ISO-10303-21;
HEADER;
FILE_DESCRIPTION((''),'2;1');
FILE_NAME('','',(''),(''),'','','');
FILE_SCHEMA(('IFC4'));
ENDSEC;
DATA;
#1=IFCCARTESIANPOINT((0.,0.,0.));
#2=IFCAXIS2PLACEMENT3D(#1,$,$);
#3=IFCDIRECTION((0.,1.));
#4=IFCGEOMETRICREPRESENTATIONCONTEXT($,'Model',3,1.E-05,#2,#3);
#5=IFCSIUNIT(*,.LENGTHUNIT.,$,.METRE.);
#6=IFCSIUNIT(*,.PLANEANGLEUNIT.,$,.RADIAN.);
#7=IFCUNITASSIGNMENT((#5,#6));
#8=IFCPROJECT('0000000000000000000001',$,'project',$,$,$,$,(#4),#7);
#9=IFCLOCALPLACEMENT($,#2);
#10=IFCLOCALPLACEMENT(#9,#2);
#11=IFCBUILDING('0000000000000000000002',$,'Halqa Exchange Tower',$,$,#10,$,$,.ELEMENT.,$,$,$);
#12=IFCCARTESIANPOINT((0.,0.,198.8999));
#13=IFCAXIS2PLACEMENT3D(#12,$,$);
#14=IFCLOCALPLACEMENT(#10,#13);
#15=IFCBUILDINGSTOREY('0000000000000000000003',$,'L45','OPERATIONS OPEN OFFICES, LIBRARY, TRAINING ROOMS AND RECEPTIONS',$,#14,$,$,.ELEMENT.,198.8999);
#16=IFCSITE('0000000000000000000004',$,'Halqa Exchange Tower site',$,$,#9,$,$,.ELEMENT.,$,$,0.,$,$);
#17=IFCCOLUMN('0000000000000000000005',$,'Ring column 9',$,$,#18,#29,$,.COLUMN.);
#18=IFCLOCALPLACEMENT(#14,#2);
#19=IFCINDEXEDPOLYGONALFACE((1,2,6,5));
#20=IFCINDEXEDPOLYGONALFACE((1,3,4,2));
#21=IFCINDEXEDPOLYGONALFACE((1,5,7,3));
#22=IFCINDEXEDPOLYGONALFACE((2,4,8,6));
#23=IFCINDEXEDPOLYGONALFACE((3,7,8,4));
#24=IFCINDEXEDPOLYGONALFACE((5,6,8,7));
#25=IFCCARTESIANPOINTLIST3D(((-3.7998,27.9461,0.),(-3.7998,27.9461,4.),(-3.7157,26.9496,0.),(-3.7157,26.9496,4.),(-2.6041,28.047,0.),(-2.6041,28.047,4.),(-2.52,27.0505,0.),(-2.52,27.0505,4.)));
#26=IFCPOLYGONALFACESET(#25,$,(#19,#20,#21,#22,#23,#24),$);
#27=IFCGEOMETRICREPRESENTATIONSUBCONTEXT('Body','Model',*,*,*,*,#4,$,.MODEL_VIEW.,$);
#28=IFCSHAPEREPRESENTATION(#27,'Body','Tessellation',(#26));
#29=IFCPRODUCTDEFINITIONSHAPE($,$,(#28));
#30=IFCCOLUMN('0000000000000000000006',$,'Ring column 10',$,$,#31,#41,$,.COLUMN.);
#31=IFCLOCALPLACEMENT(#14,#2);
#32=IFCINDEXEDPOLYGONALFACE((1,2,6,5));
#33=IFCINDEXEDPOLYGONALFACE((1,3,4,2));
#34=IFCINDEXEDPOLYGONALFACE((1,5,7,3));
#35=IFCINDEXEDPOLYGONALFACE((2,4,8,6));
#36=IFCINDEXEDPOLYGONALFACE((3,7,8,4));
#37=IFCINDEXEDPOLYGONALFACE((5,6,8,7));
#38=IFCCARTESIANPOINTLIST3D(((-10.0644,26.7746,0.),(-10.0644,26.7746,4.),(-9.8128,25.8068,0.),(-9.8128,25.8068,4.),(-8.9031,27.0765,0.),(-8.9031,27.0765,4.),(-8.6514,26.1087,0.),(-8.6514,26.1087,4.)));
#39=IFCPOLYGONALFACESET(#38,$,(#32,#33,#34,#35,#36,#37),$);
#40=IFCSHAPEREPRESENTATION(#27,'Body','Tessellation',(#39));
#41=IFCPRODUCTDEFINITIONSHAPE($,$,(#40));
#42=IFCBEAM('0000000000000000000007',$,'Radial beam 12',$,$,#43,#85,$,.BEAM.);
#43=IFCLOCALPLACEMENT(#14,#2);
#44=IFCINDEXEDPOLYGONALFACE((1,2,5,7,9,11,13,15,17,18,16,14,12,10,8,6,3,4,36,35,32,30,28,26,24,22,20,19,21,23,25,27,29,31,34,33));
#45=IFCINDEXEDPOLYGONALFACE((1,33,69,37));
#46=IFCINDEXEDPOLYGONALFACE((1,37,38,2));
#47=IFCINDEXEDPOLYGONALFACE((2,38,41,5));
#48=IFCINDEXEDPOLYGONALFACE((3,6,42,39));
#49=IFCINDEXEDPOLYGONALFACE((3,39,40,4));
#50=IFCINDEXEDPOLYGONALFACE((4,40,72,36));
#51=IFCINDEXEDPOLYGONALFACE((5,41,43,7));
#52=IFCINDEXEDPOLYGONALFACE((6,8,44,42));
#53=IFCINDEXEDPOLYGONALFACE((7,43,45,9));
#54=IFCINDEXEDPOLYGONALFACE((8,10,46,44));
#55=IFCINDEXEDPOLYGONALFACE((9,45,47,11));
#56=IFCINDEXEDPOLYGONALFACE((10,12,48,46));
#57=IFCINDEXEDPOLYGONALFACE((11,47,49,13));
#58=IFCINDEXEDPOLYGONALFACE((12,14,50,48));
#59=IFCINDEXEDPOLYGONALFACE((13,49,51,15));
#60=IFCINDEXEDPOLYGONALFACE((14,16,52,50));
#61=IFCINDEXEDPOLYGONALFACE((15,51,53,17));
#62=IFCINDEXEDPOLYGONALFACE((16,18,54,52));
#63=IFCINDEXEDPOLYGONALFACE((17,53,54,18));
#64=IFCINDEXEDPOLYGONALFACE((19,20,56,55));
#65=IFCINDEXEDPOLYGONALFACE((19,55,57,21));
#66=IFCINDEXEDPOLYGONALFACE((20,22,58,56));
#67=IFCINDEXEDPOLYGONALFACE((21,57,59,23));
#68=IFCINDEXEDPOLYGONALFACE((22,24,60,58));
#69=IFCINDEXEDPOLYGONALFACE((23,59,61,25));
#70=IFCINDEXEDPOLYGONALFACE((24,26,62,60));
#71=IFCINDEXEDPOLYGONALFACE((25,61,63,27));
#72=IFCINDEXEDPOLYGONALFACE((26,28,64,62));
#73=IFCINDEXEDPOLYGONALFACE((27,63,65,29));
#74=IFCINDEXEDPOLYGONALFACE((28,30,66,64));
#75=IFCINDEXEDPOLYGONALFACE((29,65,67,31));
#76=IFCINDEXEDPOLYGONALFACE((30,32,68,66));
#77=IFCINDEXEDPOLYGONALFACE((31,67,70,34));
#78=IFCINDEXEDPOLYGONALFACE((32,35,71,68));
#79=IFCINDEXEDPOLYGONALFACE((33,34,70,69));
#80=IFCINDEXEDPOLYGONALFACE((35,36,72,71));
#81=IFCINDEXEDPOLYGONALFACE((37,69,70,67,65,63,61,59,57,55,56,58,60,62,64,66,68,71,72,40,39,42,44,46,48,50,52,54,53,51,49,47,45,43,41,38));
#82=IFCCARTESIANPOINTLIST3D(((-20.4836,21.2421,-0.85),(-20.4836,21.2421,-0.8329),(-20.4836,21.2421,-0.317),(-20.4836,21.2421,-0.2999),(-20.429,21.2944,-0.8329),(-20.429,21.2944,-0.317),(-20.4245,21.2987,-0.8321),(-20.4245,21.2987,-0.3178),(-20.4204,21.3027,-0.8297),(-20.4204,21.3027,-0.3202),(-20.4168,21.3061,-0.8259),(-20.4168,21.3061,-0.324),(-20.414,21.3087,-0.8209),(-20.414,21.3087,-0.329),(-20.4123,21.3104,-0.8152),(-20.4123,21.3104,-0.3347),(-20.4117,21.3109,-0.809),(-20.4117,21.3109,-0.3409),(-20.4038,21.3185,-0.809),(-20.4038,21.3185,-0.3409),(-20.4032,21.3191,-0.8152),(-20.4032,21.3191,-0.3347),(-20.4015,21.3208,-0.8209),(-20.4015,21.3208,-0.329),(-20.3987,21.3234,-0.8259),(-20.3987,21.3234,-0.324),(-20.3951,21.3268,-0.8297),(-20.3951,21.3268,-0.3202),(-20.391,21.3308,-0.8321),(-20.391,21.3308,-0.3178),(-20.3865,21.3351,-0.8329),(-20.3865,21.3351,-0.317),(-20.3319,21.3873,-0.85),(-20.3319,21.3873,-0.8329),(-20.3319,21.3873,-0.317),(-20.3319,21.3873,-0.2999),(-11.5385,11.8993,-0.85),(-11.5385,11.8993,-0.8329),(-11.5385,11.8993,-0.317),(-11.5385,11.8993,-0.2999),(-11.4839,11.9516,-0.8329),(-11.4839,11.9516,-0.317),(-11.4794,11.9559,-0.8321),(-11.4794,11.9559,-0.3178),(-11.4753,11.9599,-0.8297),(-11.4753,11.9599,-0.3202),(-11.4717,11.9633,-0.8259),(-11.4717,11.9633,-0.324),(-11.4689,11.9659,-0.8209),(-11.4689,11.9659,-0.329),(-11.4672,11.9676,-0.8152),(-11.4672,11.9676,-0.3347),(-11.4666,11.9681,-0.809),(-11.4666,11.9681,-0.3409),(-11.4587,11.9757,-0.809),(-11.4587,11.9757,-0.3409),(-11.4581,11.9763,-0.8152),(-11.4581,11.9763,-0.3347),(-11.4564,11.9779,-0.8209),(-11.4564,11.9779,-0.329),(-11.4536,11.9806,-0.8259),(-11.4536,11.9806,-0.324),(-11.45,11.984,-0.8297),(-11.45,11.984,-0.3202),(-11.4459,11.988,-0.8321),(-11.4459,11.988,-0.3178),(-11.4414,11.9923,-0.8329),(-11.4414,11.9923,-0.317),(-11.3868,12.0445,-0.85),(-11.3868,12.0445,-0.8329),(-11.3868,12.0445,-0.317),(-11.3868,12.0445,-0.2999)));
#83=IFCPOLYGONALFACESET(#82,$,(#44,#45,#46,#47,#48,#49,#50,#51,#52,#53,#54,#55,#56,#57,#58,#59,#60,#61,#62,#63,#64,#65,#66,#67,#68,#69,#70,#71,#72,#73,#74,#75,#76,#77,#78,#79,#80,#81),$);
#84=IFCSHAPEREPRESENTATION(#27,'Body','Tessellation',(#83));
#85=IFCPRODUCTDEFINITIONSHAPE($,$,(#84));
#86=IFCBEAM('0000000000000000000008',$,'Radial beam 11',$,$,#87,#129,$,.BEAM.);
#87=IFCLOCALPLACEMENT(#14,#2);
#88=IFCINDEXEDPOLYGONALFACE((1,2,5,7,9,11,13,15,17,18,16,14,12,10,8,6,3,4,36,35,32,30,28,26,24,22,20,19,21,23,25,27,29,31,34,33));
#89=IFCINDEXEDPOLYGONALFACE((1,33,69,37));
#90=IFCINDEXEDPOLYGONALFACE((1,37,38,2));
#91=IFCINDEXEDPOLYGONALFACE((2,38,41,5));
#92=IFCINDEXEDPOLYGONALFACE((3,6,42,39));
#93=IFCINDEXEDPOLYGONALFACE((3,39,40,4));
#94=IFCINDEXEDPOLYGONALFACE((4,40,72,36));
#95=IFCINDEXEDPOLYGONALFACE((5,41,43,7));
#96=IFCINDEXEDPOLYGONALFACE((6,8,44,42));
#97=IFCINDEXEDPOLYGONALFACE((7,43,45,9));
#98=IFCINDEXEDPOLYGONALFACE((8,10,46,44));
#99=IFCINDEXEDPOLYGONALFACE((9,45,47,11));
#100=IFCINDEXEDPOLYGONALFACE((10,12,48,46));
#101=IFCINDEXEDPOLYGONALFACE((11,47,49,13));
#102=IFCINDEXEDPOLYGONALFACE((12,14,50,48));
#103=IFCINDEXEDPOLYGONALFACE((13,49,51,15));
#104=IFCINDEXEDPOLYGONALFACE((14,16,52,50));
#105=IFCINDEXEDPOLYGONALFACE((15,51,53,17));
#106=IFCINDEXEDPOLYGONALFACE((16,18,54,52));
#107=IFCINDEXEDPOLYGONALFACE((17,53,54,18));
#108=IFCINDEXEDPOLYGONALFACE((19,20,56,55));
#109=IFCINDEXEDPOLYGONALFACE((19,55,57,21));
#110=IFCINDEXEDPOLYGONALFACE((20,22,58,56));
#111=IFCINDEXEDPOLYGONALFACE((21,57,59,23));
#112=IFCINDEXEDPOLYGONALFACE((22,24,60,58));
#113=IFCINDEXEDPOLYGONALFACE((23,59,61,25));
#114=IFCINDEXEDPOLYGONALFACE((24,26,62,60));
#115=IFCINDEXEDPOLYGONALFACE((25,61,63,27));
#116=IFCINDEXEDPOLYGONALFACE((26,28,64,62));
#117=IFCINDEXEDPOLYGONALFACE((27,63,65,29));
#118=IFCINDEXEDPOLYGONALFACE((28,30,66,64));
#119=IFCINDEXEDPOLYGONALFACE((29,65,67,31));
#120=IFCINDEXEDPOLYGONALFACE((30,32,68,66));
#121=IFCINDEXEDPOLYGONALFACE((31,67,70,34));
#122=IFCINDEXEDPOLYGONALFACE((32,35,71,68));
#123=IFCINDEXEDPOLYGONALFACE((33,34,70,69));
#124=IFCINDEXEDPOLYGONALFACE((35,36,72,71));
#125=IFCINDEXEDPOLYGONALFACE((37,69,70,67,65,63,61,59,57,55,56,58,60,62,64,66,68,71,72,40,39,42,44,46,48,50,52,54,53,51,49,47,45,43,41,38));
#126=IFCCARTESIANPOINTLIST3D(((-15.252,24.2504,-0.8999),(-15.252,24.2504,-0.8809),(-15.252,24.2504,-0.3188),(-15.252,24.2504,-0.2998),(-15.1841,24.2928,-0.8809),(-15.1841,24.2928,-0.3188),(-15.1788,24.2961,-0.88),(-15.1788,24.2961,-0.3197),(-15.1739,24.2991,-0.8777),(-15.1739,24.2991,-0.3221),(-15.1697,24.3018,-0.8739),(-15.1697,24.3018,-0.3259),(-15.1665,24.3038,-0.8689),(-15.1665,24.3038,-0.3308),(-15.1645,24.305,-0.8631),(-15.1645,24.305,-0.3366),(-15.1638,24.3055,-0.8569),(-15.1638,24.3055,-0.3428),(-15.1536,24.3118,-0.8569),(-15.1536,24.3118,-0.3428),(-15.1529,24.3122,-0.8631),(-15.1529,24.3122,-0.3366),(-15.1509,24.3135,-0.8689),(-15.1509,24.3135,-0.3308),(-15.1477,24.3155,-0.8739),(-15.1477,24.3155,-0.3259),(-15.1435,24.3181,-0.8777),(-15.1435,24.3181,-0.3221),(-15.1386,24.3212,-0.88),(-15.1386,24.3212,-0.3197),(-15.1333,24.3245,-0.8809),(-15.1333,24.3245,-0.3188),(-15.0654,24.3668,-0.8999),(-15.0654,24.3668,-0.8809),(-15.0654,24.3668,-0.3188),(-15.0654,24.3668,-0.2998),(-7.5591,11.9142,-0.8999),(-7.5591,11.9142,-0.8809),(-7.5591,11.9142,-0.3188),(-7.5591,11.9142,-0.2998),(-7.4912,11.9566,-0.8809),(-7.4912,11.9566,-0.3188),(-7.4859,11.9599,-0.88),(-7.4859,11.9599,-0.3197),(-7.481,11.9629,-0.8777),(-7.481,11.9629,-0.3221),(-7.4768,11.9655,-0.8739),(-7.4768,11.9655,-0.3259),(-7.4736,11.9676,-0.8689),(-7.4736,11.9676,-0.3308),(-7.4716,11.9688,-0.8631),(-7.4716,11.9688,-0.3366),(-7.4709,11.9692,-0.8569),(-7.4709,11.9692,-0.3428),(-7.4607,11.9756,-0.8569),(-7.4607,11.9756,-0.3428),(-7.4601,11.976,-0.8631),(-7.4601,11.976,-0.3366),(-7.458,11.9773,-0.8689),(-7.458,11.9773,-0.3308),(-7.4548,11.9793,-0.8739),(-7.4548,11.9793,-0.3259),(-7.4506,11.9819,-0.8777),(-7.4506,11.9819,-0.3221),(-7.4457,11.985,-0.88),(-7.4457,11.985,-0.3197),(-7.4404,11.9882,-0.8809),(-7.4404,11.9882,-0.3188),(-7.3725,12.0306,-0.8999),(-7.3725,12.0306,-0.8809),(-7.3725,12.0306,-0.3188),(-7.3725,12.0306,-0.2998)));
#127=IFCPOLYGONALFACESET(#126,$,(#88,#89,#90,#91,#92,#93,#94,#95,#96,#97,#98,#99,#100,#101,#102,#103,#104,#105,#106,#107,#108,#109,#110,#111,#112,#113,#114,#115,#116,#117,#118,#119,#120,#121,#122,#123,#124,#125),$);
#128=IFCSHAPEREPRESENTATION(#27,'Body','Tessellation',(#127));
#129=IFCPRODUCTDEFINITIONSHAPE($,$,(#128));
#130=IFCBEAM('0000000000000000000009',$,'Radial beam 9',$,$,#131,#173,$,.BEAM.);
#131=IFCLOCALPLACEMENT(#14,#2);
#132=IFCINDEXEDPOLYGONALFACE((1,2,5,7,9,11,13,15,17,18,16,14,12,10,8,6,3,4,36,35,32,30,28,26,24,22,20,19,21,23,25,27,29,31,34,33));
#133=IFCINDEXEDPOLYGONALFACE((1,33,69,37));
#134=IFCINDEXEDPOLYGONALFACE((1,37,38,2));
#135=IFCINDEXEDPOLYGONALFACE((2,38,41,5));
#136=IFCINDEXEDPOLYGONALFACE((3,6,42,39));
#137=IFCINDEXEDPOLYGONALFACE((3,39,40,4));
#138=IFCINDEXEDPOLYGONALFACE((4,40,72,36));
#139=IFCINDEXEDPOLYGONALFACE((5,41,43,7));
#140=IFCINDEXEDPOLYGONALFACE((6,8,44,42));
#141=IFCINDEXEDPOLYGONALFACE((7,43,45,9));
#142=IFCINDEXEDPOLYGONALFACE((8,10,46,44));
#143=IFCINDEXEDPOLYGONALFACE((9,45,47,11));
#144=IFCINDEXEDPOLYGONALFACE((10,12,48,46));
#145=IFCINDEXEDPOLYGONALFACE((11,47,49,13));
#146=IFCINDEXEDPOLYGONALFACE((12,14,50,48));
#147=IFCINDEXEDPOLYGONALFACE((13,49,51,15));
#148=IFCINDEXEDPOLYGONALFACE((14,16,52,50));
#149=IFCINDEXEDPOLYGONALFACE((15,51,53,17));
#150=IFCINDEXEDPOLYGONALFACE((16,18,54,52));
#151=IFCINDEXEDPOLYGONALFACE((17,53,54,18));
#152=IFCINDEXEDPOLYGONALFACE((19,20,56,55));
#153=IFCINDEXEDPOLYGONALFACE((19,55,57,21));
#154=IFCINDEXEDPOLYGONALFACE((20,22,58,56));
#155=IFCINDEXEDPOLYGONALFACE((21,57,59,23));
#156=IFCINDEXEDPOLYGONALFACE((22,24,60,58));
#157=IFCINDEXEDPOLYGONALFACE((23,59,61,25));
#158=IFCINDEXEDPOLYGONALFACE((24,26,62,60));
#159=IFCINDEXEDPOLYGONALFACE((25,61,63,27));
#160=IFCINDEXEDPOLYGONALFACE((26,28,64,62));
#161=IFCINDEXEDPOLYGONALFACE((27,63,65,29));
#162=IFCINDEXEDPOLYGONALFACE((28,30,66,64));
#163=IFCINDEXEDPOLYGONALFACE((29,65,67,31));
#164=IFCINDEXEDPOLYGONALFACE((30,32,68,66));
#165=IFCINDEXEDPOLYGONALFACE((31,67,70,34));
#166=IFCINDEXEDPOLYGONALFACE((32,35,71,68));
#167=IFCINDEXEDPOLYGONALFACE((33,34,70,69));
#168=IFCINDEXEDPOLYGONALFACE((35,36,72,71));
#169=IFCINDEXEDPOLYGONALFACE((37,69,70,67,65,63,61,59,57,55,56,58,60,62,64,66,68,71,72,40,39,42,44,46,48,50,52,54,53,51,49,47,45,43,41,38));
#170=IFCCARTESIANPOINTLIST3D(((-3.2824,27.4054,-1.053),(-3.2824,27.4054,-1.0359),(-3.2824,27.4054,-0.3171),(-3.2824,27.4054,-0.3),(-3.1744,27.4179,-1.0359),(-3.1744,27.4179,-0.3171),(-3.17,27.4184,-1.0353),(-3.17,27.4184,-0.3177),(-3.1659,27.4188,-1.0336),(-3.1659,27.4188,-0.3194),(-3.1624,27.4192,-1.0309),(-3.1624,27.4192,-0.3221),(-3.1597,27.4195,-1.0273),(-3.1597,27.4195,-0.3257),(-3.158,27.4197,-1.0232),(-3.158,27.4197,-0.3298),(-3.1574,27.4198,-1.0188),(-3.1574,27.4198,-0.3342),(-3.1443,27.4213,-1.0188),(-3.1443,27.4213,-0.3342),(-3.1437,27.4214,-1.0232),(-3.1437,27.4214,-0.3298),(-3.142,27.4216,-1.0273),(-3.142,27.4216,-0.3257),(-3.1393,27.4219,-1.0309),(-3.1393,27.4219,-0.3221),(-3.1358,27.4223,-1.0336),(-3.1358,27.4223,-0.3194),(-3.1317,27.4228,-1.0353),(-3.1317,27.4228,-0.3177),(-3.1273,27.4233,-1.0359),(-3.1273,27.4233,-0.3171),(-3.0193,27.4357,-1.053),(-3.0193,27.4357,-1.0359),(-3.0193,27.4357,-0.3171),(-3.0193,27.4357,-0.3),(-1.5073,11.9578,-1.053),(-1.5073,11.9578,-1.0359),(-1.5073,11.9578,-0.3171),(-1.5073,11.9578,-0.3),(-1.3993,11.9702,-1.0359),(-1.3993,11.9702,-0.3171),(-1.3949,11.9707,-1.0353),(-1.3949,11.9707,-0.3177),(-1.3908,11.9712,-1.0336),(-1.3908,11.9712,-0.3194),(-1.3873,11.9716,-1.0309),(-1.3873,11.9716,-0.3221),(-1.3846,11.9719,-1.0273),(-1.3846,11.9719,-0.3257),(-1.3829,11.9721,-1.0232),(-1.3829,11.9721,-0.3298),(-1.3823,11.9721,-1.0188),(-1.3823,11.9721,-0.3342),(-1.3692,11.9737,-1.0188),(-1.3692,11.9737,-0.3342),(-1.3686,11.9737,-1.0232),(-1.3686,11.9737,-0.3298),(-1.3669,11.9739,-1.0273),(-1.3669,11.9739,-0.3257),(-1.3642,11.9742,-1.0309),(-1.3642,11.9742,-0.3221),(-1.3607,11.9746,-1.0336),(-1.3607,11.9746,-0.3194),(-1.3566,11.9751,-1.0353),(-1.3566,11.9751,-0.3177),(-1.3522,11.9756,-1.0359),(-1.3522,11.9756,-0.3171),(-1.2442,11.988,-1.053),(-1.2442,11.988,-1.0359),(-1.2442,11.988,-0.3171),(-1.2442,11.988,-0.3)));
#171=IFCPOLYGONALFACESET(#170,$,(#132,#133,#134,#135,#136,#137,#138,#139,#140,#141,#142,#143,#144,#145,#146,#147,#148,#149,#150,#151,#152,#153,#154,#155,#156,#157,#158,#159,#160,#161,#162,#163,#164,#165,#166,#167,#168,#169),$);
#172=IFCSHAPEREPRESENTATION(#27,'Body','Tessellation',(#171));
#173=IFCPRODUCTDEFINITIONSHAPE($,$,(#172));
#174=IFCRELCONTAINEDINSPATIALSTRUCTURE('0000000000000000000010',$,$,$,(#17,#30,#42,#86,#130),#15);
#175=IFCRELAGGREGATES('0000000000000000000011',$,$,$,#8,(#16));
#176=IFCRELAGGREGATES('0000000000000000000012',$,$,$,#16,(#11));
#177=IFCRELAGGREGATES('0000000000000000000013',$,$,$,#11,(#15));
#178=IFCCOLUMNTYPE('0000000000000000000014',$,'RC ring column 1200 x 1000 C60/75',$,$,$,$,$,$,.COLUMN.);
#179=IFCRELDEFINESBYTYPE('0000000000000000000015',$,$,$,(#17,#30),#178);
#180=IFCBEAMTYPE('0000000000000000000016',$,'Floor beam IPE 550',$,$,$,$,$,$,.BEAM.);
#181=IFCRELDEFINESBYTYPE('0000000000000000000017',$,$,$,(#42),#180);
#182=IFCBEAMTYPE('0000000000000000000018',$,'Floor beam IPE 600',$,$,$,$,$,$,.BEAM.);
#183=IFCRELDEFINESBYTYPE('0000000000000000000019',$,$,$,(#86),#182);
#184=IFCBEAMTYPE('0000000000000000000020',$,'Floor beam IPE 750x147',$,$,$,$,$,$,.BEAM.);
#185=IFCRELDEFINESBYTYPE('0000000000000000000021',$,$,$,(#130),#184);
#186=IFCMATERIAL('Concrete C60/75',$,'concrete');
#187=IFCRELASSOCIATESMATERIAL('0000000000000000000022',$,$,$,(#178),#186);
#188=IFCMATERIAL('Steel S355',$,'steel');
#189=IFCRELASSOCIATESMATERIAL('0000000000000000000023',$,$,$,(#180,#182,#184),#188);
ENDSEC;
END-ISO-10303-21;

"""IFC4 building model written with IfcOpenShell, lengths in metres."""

from ifc_helpers import new_model, si_unit, direction, frame, origin, origin_2d, place, context, subcontext, project, spatial, rectangle, i_section, extrude, material, material_profile, profile_set, type_object, element, save


model = new_model("IFC4")

# Units and contexts
model_context = context("Model", 3, precision=1e-05, world=origin(), true_north=direction((0.0, 1.0)))
body_context = subcontext(model_context, "Body", "Model", "MODEL_VIEW")
ifc_project = project(units=[si_unit("LENGTHUNIT", "METRE"), si_unit("PLANEANGLEUNIT", "RADIAN")], contexts=[model_context])

# Site, building, storey
site_placement = place(None, origin())
site = spatial("IfcSite", under=ifc_project, at=site_placement, Name="Halqa Exchange Tower site", CompositionType="ELEMENT", RefElevation=0.0)
building_placement = place(site_placement, origin())
building = spatial("IfcBuilding", under=site, at=building_placement, Name="Halqa Exchange Tower", CompositionType="ELEMENT")
storey_placement = place(building_placement, frame((0.0, 0.0, 198.8999)))
storey = spatial("IfcBuildingStorey", under=building, at=storey_placement, Name="L45", Description="OPERATIONS OPEN OFFICES, LIBRARY, TRAINING ROOMS AND RECEPTIONS", CompositionType="ELEMENT", Elevation=198.8999)

# Columns
ifc_material_1 = material(Name="Concrete C60/75", Category="concrete")
ifc_material_profile_1 = material_profile(ifc_material_1, rectangle(XDim=1.2, YDim=1.0, at=origin_2d()), Name="1200 x 1000")
ifc_profile_set_1 = profile_set([ifc_material_profile_1], Name="Concrete C60/75")
column_type = type_object("IfcColumnType", Name="RC ring column 1200 x 1000 C60/75", PredefinedType="COLUMN", material=ifc_profile_set_1)
for number, where, z_axis, x_axis, name in (
    (1, (-3.1599, 27.4983, 0.0), (0.0, 0.0, 1.0), (-0.996456, -0.084118, 0.0), "Ring column 9"),
    (2, (-9.3579, 26.4417, 0.0), (0.0, 0.0, 1.0), (-0.96782, -0.251642, 0.0), "Ring column 10"),
):
    element("IfcColumn", number, at=place(storey_placement, frame(where, z_axis=z_axis, x_axis=x_axis)), inside=storey, type_object=column_type, Name=name, PredefinedType="COLUMN", context=body_context, shape_type="SweptSolid", body=[
        extrude(rectangle(XDim=1.2, YDim=1.0, at=origin_2d()), origin(), (0.0, 0.0, 1.0), 4.0),
    ])

# Beams
ifc_material_2 = material(Name="Steel S355", Category="steel")
ifc_material_profile_2 = material_profile(ifc_material_2, i_section(OverallWidth=0.21, OverallDepth=0.55, WebThickness=0.011, FlangeThickness=0.0171, FilletRadius=0.0239, at=origin_2d()), Name="IPE 550")
ifc_profile_set_2 = profile_set([ifc_material_profile_2], Name="Steel S355")
beam_type_1 = type_object("IfcBeamType", Name="Floor beam IPE 550", PredefinedType="BEAM", material=ifc_profile_set_2)
beam_1_placement = place(storey_placement, frame((-11.4626, 11.9719, -0.575), z_axis=(-0.691566, 0.722313, 0.0), x_axis=(-0.722313, -0.691566, 0.0)))
element("IfcBeam", 3, at=beam_1_placement, inside=storey, type_object=beam_type_1, Name="Radial beam 12", PredefinedType="BEAM", context=body_context, shape_type="SweptSolid", body=[
    extrude(i_section(OverallWidth=0.21, OverallDepth=0.55, WebThickness=0.011, FlangeThickness=0.0171, FilletRadius=0.0239, at=origin_2d()), origin(), (0.0, 0.0, 1.0), 12.9346),
])
ifc_material_profile_3 = material_profile(ifc_material_2, i_section(OverallWidth=0.22, OverallDepth=0.6001, WebThickness=0.012, FlangeThickness=0.019, FilletRadius=0.0239, at=origin_2d()), Name="IPE 600")
ifc_profile_set_3 = profile_set([ifc_material_profile_3], Name="Steel S355")
beam_type_2 = type_object("IfcBeamType", Name="Floor beam IPE 600", PredefinedType="BEAM", material=ifc_profile_set_3)
beam_2_placement = place(storey_placement, frame((-7.4658, 11.9724, -0.5999), z_axis=(-0.529146, 0.848531, 0.0), x_axis=(-0.848531, -0.529146, 0.0)))
element("IfcBeam", 4, at=beam_2_placement, inside=storey, type_object=beam_type_2, Name="Radial beam 11", PredefinedType="BEAM", context=body_context, shape_type="SweptSolid", body=[
    extrude(i_section(OverallWidth=0.22, OverallDepth=0.6001, WebThickness=0.012, FlangeThickness=0.019, FilletRadius=0.0239, at=origin_2d()), origin(), (0.0, 0.0, 1.0), 14.5383),
])
ifc_material_profile_4 = material_profile(ifc_material_2, i_section(OverallWidth=0.2649, OverallDepth=0.7529, WebThickness=0.0132, FlangeThickness=0.0171, FilletRadius=0.0171, at=origin_2d()), Name="IPE 750x147")
ifc_profile_set_4 = profile_set([ifc_material_profile_4], Name="Steel S355")
beam_type_3 = type_object("IfcBeamType", Name="Floor beam IPE 750x147", PredefinedType="BEAM", material=ifc_profile_set_4)
beam_3_placement = place(storey_placement, frame((-1.3757, 11.9729, -0.6765), z_axis=(-0.114162, 0.993462, 0.0), x_axis=(-0.993462, -0.114162, 0.0)))
element("IfcBeam", 5, at=beam_3_placement, inside=storey, type_object=beam_type_3, Name="Radial beam 9", PredefinedType="BEAM", context=body_context, shape_type="SweptSolid", body=[
    extrude(i_section(OverallWidth=0.2649, OverallDepth=0.7529, WebThickness=0.0132, FlangeThickness=0.0171, FilletRadius=0.0171, at=origin_2d()), origin(), (0.0, 0.0, 1.0), 15.5493),
])

save(model, "model.ifc")
